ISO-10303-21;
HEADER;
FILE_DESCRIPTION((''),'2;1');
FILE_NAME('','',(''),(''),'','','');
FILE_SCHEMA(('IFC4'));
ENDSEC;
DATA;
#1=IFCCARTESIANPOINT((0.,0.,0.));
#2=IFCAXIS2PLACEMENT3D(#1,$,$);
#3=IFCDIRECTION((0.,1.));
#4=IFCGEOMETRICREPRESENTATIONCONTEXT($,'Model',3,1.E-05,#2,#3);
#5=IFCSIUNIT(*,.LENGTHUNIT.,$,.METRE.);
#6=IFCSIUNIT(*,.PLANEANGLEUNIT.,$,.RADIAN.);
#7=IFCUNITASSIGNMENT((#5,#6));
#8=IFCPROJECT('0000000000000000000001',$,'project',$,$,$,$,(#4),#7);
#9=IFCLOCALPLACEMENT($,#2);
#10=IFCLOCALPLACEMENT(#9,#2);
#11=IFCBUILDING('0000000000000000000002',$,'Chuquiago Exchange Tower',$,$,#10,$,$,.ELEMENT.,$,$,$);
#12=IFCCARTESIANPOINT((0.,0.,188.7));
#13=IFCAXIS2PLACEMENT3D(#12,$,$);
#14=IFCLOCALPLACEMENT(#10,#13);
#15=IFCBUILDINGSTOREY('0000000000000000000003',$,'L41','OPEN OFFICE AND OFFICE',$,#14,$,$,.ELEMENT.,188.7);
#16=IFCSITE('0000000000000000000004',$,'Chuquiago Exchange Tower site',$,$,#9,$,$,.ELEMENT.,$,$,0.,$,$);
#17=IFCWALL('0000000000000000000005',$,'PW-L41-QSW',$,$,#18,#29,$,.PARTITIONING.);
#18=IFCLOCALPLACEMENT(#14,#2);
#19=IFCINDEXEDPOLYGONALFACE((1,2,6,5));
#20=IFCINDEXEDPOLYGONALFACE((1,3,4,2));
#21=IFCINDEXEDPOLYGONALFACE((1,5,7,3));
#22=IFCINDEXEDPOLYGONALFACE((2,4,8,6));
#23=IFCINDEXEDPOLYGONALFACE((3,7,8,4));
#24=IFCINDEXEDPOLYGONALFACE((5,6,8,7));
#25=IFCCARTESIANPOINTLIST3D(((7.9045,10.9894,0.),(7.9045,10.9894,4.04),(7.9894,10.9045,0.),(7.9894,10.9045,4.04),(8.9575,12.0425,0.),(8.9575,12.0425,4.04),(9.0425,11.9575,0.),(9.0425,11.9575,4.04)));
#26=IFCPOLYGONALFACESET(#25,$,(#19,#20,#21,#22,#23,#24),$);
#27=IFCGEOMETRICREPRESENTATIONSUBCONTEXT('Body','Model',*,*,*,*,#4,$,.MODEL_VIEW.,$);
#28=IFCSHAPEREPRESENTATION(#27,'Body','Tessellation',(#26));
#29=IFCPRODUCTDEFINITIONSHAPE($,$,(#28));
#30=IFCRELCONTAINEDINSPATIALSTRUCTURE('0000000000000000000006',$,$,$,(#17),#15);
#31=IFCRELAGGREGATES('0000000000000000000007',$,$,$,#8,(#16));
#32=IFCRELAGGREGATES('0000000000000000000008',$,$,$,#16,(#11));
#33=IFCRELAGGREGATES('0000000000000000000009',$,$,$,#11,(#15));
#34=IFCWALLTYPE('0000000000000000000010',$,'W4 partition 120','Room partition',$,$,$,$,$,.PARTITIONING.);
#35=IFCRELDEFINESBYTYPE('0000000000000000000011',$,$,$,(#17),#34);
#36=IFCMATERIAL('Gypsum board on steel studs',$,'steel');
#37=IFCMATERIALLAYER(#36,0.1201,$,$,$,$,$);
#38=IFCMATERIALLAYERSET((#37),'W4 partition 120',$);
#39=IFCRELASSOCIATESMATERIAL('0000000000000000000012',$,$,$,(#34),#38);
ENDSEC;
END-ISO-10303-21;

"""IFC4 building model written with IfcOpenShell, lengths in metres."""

from ifc_helpers import new_model, si_unit, direction, frame, frame_2d, origin, place, context, subcontext, project, spatial, rectangle, extrude, material, layer, layer_set, type_object, element, save


model = new_model("IFC4")

# Units and contexts
model_context = context("Model", 3, precision=1e-05, world=origin(), true_north=direction((0.0, 1.0)))
body_context = subcontext(model_context, "Body", "Model", "MODEL_VIEW")
ifc_project = project(units=[si_unit("LENGTHUNIT", "METRE"), si_unit("PLANEANGLEUNIT", "RADIAN")], contexts=[model_context])

# Site, building, storey
site_placement = place(None, origin())
site = spatial("IfcSite", under=ifc_project, at=site_placement, Name="Chuquiago Exchange Tower site", CompositionType="ELEMENT", RefElevation=0.0)
building_placement = place(site_placement, origin())
building = spatial("IfcBuilding", under=site, at=building_placement, Name="Chuquiago Exchange Tower", CompositionType="ELEMENT")
storey_placement = place(building_placement, frame((0.0, 0.0, 188.7)))
storey = spatial("IfcBuildingStorey", under=building, at=storey_placement, Name="L41", Description="OPEN OFFICE AND OFFICE", CompositionType="ELEMENT", Elevation=188.7)

# Wall
ifc_material_1 = material(Name="Gypsum board on steel studs", Category="steel")
ifc_layer_1 = layer(ifc_material_1, 0.1201)
ifc_layer_set_1 = layer_set([ifc_layer_1], Name="W4 partition 120")
wall_type_1 = type_object("IfcWallType", Name="W4 partition 120", Description="Room partition", PredefinedType="PARTITIONING", material=ifc_layer_set_1)
wall_1_placement = place(storey_placement, frame((9.0, 12.0, 0.0), z_axis=(0.0, 0.0, 1.0), x_axis=(-0.707107, -0.707107, 0.0)))
element("IfcWall", 1, at=wall_1_placement, inside=storey, type_object=wall_type_1, Name="PW-L41-QSW", PredefinedType="PARTITIONING", context=body_context, shape_type="SweptSolid", body=[
    extrude(rectangle(XDim=1.4893, YDim=0.1201, at=frame_2d((0.7446, 0.0))), origin(), (0.0, 0.0, 1.0), 4.04),
])

save(model, "model.ifc")
